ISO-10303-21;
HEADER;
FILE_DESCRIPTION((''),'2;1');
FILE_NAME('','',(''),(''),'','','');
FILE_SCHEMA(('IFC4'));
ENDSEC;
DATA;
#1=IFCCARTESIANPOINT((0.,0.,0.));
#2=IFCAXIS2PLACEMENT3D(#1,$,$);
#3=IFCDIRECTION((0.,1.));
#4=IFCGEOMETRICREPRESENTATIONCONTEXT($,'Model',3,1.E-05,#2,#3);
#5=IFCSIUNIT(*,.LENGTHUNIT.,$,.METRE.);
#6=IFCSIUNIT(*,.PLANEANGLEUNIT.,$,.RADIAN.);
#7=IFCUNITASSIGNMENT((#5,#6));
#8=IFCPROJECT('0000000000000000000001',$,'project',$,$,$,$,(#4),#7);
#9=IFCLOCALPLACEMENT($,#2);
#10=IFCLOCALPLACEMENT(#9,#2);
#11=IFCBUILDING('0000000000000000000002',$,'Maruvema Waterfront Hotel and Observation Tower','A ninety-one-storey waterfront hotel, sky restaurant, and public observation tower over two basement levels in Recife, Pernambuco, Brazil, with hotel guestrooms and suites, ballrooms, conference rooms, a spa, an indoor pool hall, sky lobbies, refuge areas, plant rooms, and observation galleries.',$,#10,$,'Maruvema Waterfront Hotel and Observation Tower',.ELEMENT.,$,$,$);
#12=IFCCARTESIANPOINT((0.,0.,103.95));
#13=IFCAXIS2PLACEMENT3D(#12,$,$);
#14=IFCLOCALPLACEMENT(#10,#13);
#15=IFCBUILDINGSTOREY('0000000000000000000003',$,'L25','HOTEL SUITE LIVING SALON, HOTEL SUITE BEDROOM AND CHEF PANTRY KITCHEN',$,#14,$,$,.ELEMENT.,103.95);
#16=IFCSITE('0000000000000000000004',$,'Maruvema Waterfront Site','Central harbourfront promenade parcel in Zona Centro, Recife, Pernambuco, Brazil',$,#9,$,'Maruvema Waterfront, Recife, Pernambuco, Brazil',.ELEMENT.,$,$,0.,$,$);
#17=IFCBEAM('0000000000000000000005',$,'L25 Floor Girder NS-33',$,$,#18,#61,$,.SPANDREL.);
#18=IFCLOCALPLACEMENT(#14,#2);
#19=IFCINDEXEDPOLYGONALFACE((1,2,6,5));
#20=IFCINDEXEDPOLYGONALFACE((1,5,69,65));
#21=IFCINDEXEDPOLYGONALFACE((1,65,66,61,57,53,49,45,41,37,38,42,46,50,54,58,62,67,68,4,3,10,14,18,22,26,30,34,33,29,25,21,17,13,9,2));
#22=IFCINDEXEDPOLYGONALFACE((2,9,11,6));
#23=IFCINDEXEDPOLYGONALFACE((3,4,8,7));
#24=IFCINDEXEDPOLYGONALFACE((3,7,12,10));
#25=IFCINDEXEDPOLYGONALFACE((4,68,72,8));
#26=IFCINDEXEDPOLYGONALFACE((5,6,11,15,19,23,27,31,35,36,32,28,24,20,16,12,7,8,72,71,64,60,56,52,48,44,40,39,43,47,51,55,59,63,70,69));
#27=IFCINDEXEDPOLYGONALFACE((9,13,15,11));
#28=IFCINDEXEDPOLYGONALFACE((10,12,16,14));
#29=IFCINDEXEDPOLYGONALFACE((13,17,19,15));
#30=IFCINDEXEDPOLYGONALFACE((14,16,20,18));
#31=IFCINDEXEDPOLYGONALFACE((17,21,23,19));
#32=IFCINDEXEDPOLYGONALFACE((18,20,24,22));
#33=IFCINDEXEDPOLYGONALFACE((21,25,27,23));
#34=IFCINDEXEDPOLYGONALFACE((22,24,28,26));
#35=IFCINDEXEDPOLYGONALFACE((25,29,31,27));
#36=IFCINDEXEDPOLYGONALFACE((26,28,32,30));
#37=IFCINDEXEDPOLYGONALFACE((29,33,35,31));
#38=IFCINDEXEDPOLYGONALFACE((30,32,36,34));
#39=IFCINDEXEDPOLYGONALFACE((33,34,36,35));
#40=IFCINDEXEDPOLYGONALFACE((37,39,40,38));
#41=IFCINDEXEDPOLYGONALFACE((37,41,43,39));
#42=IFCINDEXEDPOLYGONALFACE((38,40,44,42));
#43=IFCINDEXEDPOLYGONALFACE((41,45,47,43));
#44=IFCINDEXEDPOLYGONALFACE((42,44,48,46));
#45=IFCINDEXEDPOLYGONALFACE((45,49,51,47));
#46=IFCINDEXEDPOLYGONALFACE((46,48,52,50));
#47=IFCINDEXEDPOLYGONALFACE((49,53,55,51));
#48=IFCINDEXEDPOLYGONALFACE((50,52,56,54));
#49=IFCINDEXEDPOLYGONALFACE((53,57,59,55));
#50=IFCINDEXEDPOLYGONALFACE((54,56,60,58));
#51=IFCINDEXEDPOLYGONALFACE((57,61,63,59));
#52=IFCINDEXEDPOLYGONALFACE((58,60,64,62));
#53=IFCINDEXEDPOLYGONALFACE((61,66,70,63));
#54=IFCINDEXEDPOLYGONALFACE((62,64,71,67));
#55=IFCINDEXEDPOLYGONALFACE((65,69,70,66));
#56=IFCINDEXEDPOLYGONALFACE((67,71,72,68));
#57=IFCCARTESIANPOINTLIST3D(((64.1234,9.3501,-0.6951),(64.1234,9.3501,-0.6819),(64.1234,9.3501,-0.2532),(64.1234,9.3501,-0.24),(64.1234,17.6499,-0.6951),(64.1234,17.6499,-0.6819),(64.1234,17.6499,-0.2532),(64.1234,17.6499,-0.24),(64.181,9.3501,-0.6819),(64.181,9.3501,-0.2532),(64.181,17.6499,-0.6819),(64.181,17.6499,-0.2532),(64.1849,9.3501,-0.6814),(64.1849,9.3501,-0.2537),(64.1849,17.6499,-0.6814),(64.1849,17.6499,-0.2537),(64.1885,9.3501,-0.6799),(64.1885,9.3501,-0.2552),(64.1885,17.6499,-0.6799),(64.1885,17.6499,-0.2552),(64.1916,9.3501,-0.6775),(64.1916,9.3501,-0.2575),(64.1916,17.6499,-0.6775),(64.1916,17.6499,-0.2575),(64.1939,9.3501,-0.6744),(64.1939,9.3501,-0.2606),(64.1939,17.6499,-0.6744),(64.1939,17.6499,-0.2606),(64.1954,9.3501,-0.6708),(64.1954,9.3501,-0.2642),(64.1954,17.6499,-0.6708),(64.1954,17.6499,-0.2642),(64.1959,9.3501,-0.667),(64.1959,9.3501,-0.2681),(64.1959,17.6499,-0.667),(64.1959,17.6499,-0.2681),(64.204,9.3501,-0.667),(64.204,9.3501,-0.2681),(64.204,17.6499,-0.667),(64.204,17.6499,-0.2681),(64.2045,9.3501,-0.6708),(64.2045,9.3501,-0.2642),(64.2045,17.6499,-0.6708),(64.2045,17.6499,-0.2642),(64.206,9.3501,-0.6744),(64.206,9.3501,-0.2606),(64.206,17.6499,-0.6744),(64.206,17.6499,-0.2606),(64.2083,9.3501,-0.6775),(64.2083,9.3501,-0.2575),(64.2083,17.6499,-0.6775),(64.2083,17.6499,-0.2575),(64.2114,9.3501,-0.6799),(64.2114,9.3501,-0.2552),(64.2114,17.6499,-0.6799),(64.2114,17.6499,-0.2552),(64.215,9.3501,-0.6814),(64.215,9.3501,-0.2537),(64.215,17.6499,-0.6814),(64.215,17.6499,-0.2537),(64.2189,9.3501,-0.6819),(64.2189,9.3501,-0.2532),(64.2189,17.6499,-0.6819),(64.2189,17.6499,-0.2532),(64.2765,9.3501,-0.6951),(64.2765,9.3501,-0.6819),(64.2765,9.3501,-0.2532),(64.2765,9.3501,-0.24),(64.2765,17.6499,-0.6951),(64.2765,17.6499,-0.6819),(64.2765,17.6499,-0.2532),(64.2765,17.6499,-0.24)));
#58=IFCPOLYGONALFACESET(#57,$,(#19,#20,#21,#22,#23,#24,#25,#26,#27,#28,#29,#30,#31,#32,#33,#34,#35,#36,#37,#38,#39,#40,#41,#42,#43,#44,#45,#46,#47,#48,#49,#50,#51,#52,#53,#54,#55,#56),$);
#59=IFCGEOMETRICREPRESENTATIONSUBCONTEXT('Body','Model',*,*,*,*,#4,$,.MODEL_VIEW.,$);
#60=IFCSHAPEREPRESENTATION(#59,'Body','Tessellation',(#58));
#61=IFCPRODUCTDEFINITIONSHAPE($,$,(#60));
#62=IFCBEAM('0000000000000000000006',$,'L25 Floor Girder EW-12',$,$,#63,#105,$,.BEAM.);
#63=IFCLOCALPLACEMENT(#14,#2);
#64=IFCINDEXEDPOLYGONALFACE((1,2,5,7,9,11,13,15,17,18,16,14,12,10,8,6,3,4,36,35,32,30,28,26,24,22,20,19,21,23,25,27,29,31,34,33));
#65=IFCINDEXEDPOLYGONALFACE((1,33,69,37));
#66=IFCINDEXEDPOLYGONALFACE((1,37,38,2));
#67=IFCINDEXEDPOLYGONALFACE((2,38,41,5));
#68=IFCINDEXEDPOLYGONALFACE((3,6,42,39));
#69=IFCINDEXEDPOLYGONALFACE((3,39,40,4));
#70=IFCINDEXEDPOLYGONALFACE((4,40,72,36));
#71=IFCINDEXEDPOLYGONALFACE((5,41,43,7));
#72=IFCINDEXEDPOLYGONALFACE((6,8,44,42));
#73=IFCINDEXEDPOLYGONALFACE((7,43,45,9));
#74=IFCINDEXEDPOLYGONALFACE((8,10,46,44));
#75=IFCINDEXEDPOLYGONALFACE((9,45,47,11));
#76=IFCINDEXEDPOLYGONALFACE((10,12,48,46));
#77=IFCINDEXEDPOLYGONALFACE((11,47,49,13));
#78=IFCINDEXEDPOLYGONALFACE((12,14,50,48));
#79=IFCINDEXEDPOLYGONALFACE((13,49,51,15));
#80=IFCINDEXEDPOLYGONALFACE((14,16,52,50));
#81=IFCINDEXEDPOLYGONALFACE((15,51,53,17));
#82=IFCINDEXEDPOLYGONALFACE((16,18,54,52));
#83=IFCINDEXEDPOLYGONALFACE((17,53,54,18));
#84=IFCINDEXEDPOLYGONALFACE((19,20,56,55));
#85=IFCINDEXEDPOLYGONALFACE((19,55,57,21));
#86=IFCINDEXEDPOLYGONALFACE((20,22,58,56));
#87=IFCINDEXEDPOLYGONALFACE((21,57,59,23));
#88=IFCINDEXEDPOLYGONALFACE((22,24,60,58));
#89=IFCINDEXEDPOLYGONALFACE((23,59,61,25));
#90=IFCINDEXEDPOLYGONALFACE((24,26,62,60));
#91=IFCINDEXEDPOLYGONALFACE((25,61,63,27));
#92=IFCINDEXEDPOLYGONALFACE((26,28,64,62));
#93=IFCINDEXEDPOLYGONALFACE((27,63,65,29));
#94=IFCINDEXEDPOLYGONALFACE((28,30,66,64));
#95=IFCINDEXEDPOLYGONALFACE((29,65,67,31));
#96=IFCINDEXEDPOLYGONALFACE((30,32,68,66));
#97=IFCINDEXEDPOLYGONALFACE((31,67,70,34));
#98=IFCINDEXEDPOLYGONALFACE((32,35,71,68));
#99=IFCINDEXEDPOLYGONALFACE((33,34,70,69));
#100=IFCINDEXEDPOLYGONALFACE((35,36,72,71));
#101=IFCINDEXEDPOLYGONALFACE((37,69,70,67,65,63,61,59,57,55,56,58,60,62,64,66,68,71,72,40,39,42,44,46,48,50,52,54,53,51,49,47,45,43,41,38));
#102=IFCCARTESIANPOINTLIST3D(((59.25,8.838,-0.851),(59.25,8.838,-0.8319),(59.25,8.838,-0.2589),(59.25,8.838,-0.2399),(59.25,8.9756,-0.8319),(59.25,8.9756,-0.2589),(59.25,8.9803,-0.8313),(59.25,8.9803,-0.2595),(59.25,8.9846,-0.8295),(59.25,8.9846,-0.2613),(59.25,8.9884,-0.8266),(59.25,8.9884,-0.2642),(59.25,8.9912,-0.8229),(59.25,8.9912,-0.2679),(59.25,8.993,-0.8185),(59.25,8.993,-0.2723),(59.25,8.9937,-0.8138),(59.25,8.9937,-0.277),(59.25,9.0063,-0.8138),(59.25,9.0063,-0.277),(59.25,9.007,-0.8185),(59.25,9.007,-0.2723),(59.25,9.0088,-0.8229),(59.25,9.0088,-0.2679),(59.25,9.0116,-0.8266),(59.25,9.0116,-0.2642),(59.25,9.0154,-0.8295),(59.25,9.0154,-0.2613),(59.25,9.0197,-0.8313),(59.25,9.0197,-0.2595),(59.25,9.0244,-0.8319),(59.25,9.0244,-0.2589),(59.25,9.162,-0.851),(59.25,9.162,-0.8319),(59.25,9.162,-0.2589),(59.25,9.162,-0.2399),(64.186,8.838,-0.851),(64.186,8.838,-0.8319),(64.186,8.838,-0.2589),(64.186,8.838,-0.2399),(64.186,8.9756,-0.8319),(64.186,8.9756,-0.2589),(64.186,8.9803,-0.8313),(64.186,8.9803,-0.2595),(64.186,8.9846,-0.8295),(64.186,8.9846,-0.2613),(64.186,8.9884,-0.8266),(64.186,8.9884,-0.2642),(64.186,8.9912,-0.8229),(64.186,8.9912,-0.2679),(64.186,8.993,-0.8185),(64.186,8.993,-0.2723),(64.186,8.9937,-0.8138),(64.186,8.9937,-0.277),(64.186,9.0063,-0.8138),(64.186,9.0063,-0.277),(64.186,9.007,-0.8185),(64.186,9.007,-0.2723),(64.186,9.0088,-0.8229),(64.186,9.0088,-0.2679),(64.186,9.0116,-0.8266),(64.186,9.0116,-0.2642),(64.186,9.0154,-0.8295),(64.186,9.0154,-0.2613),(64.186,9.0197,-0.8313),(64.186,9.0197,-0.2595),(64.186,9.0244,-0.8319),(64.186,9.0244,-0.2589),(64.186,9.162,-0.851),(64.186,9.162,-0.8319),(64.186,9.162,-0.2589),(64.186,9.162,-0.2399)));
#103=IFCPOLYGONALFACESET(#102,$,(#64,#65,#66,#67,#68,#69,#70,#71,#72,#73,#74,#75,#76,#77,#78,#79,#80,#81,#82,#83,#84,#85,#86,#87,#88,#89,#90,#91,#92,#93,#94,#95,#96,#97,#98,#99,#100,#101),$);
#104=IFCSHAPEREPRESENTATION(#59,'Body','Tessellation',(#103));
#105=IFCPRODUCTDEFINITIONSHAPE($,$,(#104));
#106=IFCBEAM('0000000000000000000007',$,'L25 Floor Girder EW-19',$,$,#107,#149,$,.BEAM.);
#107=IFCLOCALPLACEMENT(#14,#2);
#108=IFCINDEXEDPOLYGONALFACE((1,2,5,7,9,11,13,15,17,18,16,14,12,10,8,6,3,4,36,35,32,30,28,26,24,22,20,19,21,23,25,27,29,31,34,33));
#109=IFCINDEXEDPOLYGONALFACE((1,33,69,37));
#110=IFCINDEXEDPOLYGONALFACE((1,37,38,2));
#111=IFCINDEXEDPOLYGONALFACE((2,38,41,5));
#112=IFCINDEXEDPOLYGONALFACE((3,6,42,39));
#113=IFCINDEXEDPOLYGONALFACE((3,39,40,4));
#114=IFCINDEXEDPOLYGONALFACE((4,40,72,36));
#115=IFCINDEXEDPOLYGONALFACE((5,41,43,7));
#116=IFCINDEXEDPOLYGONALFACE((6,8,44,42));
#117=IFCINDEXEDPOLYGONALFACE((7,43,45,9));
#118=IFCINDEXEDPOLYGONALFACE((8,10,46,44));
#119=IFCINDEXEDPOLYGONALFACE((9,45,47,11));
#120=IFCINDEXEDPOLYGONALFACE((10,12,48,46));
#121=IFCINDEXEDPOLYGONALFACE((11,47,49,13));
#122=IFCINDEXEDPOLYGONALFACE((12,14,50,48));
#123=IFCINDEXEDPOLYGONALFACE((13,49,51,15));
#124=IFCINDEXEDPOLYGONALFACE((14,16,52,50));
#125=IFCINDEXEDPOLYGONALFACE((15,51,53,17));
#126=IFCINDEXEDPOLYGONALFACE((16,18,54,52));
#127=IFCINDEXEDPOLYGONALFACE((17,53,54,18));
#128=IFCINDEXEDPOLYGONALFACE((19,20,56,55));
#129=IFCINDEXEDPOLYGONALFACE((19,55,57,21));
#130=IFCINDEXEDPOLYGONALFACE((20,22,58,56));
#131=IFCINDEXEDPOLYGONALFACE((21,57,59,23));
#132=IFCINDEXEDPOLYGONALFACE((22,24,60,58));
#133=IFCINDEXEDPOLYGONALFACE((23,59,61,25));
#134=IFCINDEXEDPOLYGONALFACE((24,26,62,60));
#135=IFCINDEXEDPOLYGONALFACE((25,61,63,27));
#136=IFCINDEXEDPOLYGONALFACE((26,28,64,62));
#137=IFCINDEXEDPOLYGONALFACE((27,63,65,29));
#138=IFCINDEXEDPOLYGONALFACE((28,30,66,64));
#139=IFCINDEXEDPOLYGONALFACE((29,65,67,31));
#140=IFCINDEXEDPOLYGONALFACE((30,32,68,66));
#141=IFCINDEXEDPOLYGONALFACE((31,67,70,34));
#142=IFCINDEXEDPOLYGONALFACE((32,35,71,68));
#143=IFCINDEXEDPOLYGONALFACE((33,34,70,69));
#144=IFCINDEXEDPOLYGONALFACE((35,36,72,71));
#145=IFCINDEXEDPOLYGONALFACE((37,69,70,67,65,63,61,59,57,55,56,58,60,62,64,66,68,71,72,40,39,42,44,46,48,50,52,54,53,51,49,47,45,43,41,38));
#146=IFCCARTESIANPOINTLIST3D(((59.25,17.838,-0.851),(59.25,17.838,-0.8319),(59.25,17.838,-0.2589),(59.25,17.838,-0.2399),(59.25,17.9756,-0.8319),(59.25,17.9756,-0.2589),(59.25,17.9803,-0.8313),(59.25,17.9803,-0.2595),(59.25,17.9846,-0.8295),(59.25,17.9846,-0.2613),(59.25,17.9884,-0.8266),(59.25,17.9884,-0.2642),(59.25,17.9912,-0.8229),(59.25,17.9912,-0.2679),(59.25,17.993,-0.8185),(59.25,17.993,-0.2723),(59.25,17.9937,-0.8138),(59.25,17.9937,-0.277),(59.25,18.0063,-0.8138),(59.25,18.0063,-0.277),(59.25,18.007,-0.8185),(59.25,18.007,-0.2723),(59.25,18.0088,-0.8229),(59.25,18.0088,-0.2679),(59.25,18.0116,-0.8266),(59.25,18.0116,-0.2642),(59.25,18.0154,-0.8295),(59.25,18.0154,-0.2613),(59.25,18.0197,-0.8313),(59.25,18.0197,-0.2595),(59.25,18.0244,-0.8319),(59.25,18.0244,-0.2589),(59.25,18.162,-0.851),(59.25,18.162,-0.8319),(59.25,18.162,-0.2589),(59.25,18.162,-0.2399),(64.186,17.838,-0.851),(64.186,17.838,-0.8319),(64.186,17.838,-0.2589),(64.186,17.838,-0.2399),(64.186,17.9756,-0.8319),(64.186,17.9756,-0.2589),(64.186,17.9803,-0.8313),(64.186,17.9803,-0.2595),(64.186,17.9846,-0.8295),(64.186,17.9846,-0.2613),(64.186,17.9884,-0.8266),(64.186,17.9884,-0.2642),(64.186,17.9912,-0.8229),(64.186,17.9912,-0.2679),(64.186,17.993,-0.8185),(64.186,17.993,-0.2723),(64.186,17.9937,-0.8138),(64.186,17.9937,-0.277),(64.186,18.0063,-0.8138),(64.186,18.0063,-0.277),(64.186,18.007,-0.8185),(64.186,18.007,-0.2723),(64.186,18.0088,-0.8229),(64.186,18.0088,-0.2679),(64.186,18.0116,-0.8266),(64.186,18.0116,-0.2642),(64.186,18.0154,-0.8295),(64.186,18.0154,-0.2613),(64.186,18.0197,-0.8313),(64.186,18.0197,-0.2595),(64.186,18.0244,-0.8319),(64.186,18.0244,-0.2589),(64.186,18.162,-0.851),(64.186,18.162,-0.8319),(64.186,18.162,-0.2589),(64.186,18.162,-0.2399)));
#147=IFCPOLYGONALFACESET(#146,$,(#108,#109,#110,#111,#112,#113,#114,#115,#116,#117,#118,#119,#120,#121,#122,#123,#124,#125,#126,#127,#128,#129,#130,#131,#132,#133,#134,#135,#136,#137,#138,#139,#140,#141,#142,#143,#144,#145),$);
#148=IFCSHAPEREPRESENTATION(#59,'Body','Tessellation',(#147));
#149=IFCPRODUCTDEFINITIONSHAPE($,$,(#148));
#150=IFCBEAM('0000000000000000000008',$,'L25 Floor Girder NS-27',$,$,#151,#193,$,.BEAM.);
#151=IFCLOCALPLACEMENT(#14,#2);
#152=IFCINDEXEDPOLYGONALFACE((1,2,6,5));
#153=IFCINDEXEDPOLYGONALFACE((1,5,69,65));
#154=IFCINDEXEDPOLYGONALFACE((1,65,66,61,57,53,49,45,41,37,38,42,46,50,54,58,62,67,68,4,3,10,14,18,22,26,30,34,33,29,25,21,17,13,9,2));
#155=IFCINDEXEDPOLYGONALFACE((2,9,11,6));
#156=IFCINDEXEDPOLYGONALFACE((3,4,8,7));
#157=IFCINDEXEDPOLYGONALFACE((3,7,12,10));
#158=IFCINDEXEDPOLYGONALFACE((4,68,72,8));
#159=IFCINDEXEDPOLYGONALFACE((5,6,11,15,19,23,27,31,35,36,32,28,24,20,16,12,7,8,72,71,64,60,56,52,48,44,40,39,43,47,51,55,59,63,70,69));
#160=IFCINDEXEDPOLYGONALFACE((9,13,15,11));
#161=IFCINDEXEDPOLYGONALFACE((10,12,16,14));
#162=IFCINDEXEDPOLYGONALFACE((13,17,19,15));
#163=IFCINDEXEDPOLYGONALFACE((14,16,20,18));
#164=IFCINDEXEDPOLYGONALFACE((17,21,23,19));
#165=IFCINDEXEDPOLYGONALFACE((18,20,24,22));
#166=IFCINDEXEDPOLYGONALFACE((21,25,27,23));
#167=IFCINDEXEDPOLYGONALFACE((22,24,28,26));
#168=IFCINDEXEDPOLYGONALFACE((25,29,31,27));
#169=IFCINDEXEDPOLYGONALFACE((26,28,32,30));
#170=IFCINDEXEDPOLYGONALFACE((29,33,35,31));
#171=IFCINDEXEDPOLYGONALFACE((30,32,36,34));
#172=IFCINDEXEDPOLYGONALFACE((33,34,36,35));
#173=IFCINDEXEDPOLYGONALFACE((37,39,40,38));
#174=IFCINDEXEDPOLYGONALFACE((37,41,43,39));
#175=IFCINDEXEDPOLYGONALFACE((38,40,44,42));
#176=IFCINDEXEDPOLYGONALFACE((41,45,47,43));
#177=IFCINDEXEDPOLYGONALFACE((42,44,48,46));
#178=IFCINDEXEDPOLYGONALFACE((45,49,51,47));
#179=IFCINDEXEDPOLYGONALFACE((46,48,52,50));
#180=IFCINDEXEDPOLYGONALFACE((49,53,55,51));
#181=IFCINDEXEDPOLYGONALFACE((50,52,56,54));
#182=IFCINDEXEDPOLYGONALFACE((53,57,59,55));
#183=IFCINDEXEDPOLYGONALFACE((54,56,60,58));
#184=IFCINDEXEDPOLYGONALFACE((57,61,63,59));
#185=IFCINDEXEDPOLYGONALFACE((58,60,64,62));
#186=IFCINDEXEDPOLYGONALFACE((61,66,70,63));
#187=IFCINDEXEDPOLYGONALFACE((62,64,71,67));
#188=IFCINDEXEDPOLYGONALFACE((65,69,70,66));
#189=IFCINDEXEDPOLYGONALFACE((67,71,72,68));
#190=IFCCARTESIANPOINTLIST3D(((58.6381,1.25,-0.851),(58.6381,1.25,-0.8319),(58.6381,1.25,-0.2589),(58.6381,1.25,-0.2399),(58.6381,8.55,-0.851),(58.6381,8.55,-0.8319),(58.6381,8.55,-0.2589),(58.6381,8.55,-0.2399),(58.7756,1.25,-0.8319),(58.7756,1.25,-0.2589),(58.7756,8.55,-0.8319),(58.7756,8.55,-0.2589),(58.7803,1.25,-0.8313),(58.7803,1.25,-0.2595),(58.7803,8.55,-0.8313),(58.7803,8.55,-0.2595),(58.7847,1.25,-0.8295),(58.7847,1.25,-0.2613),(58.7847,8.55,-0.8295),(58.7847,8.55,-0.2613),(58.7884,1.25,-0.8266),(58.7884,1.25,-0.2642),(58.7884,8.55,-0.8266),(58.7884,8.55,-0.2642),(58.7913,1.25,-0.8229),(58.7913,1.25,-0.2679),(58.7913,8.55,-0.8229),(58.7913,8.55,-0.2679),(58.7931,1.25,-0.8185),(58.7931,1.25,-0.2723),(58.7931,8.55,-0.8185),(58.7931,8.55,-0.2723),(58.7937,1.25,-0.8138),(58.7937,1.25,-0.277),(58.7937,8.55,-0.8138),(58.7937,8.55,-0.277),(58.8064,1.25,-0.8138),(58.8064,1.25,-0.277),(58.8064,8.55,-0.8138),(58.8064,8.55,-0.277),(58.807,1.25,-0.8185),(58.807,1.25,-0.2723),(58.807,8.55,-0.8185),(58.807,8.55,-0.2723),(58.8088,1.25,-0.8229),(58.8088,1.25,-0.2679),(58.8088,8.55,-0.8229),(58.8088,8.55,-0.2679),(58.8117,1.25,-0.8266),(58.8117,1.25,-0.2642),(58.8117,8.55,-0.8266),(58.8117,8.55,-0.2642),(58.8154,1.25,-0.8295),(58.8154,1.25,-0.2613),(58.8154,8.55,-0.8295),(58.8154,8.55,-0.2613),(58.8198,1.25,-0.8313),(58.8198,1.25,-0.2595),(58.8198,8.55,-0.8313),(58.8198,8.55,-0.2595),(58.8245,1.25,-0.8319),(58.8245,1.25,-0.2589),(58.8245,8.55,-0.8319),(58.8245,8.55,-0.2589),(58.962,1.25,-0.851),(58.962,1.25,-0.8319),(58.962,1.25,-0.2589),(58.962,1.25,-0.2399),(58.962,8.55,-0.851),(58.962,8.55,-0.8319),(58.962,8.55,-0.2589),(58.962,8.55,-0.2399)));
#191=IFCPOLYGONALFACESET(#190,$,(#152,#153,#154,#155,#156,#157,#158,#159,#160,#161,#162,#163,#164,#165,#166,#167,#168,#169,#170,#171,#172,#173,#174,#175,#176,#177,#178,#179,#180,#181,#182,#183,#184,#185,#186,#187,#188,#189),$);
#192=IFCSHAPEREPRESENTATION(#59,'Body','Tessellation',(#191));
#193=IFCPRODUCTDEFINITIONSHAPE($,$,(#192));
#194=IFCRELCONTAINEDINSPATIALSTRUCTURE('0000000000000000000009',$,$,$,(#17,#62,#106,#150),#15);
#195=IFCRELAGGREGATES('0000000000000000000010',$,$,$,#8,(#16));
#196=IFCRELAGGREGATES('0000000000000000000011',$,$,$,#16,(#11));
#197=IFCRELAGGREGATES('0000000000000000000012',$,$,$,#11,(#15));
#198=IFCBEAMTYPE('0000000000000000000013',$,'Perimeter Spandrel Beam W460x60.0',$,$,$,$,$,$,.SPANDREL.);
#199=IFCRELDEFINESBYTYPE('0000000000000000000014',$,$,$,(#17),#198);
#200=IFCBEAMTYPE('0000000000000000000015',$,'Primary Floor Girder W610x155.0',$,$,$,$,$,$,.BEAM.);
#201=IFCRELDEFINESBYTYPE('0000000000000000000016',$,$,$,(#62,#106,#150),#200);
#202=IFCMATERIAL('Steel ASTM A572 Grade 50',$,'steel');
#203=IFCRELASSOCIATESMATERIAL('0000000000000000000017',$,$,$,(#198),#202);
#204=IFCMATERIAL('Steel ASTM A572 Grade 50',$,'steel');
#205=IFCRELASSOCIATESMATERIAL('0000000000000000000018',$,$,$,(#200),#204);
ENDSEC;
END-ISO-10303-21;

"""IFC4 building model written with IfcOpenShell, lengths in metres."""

from ifc_helpers import new_model, si_unit, direction, frame, origin, origin_2d, place, context, subcontext, project, spatial, i_section, extrude, material, material_profile, profile_set, type_object, element, save


model = new_model("IFC4")

# Units and contexts
model_context = context("Model", 3, precision=1e-05, world=origin(), true_north=direction((0.0, 1.0)))
body_context = subcontext(model_context, "Body", "Model", "MODEL_VIEW")
ifc_project = project(units=[si_unit("LENGTHUNIT", "METRE"), si_unit("PLANEANGLEUNIT", "RADIAN")], contexts=[model_context])

# Site, building, storey
site_placement = place(None, origin())
site = spatial("IfcSite", under=ifc_project, at=site_placement, Name="Maruvema Waterfront Site", Description="Central harbourfront promenade parcel in Zona Centro, Recife, Pernambuco, Brazil", LongName="Maruvema Waterfront, Recife, Pernambuco, Brazil", CompositionType="ELEMENT", RefElevation=0.0)
building_placement = place(site_placement, origin())
building = spatial("IfcBuilding", under=site, at=building_placement, Name="Maruvema Waterfront Hotel and Observation Tower", Description="A ninety-one-storey waterfront hotel, sky restaurant, and public observation tower over two basement levels in Recife, Pernambuco, Brazil, with hotel guestrooms and suites, ballrooms, conference rooms, a spa, an indoor pool hall, sky lobbies, refuge areas, plant rooms, and observation galleries.", LongName="Maruvema Waterfront Hotel and Observation Tower", CompositionType="ELEMENT")
storey_placement = place(building_placement, frame((0.0, 0.0, 103.95)))
storey = spatial("IfcBuildingStorey", under=building, at=storey_placement, Name="L25", Description="HOTEL SUITE LIVING SALON, HOTEL SUITE BEDROOM AND CHEF PANTRY KITCHEN", CompositionType="ELEMENT", Elevation=103.95)

# Beams
ifc_material_1 = material(Name="Steel ASTM A572 Grade 50", Category="steel")
ifc_material_profile_1 = material_profile(ifc_material_1, i_section(OverallWidth=0.1531, OverallDepth=0.4551, WebThickness=0.0081, FlangeThickness=0.0132, FilletRadius=0.0149, at=origin_2d()), Name="W460x60.0")
ifc_profile_set_1 = profile_set([ifc_material_profile_1], Name="Steel ASTM A572 Grade 50")
beam_type_1 = type_object("IfcBeamType", Name="Perimeter Spandrel Beam W460x60.0", PredefinedType="SPANDREL", material=ifc_profile_set_1)
beam_1_placement = place(storey_placement, frame((64.2, 9.3501, -0.4675), z_axis=(0.0, 1.0, 0.0), x_axis=(-1.0, 0.0, 0.0)))
element("IfcBeam", 1, at=beam_1_placement, inside=storey, type_object=beam_type_1, Name="L25 Floor Girder NS-33", PredefinedType="SPANDREL", context=body_context, shape_type="SweptSolid", body=[
    extrude(i_section(OverallWidth=0.1531, OverallDepth=0.4551, WebThickness=0.0081, FlangeThickness=0.0132, FilletRadius=0.0149, at=origin_2d()), origin(), (0.0, 0.0, 1.0), 8.2998),
])
ifc_material_2 = material(Name="Steel ASTM A572 Grade 50", Category="steel")
ifc_material_profile_2 = material_profile(ifc_material_2, i_section(OverallWidth=0.324, OverallDepth=0.6111, WebThickness=0.0127, FlangeThickness=0.019, FilletRadius=0.0181, at=origin_2d()), Name="W610x155.0")
ifc_profile_set_2 = profile_set([ifc_material_profile_2], Name="Steel ASTM A572 Grade 50")
beam_type_2 = type_object("IfcBeamType", Name="Primary Floor Girder W610x155.0", PredefinedType="BEAM", material=ifc_profile_set_2)
for number, where, z_axis, x_axis, name in (
    (2, (59.25, 9.0, -0.5454), (1.0, 0.0, 0.0), (0.0, 1.0, 0.0), "L25 Floor Girder EW-12"),
    (3, (59.25, 18.0, -0.5454), (1.0, 0.0, 0.0), (0.0, 1.0, 0.0), "L25 Floor Girder EW-19"),
):
    element("IfcBeam", number, at=place(storey_placement, frame(where, z_axis=z_axis, x_axis=x_axis)), inside=storey, type_object=beam_type_2, Name=name, PredefinedType="BEAM", context=body_context, shape_type="SweptSolid", body=[
        extrude(i_section(OverallWidth=0.324, OverallDepth=0.6111, WebThickness=0.0127, FlangeThickness=0.019, FilletRadius=0.0181, at=origin_2d()), origin(), (0.0, 0.0, 1.0), 4.936),
    ])
beam_2_placement = place(storey_placement, frame((58.8, 1.25, -0.5454), z_axis=(0.0, 1.0, 0.0), x_axis=(-1.0, 0.0, 0.0)))
element("IfcBeam", 4, at=beam_2_placement, inside=storey, type_object=beam_type_2, Name="L25 Floor Girder NS-27", PredefinedType="BEAM", context=body_context, shape_type="SweptSolid", body=[
    extrude(i_section(OverallWidth=0.324, OverallDepth=0.6111, WebThickness=0.0127, FlangeThickness=0.019, FilletRadius=0.0181, at=origin_2d()), origin(), (0.0, 0.0, 1.0), 7.3),
])

save(model, "model.ifc")
